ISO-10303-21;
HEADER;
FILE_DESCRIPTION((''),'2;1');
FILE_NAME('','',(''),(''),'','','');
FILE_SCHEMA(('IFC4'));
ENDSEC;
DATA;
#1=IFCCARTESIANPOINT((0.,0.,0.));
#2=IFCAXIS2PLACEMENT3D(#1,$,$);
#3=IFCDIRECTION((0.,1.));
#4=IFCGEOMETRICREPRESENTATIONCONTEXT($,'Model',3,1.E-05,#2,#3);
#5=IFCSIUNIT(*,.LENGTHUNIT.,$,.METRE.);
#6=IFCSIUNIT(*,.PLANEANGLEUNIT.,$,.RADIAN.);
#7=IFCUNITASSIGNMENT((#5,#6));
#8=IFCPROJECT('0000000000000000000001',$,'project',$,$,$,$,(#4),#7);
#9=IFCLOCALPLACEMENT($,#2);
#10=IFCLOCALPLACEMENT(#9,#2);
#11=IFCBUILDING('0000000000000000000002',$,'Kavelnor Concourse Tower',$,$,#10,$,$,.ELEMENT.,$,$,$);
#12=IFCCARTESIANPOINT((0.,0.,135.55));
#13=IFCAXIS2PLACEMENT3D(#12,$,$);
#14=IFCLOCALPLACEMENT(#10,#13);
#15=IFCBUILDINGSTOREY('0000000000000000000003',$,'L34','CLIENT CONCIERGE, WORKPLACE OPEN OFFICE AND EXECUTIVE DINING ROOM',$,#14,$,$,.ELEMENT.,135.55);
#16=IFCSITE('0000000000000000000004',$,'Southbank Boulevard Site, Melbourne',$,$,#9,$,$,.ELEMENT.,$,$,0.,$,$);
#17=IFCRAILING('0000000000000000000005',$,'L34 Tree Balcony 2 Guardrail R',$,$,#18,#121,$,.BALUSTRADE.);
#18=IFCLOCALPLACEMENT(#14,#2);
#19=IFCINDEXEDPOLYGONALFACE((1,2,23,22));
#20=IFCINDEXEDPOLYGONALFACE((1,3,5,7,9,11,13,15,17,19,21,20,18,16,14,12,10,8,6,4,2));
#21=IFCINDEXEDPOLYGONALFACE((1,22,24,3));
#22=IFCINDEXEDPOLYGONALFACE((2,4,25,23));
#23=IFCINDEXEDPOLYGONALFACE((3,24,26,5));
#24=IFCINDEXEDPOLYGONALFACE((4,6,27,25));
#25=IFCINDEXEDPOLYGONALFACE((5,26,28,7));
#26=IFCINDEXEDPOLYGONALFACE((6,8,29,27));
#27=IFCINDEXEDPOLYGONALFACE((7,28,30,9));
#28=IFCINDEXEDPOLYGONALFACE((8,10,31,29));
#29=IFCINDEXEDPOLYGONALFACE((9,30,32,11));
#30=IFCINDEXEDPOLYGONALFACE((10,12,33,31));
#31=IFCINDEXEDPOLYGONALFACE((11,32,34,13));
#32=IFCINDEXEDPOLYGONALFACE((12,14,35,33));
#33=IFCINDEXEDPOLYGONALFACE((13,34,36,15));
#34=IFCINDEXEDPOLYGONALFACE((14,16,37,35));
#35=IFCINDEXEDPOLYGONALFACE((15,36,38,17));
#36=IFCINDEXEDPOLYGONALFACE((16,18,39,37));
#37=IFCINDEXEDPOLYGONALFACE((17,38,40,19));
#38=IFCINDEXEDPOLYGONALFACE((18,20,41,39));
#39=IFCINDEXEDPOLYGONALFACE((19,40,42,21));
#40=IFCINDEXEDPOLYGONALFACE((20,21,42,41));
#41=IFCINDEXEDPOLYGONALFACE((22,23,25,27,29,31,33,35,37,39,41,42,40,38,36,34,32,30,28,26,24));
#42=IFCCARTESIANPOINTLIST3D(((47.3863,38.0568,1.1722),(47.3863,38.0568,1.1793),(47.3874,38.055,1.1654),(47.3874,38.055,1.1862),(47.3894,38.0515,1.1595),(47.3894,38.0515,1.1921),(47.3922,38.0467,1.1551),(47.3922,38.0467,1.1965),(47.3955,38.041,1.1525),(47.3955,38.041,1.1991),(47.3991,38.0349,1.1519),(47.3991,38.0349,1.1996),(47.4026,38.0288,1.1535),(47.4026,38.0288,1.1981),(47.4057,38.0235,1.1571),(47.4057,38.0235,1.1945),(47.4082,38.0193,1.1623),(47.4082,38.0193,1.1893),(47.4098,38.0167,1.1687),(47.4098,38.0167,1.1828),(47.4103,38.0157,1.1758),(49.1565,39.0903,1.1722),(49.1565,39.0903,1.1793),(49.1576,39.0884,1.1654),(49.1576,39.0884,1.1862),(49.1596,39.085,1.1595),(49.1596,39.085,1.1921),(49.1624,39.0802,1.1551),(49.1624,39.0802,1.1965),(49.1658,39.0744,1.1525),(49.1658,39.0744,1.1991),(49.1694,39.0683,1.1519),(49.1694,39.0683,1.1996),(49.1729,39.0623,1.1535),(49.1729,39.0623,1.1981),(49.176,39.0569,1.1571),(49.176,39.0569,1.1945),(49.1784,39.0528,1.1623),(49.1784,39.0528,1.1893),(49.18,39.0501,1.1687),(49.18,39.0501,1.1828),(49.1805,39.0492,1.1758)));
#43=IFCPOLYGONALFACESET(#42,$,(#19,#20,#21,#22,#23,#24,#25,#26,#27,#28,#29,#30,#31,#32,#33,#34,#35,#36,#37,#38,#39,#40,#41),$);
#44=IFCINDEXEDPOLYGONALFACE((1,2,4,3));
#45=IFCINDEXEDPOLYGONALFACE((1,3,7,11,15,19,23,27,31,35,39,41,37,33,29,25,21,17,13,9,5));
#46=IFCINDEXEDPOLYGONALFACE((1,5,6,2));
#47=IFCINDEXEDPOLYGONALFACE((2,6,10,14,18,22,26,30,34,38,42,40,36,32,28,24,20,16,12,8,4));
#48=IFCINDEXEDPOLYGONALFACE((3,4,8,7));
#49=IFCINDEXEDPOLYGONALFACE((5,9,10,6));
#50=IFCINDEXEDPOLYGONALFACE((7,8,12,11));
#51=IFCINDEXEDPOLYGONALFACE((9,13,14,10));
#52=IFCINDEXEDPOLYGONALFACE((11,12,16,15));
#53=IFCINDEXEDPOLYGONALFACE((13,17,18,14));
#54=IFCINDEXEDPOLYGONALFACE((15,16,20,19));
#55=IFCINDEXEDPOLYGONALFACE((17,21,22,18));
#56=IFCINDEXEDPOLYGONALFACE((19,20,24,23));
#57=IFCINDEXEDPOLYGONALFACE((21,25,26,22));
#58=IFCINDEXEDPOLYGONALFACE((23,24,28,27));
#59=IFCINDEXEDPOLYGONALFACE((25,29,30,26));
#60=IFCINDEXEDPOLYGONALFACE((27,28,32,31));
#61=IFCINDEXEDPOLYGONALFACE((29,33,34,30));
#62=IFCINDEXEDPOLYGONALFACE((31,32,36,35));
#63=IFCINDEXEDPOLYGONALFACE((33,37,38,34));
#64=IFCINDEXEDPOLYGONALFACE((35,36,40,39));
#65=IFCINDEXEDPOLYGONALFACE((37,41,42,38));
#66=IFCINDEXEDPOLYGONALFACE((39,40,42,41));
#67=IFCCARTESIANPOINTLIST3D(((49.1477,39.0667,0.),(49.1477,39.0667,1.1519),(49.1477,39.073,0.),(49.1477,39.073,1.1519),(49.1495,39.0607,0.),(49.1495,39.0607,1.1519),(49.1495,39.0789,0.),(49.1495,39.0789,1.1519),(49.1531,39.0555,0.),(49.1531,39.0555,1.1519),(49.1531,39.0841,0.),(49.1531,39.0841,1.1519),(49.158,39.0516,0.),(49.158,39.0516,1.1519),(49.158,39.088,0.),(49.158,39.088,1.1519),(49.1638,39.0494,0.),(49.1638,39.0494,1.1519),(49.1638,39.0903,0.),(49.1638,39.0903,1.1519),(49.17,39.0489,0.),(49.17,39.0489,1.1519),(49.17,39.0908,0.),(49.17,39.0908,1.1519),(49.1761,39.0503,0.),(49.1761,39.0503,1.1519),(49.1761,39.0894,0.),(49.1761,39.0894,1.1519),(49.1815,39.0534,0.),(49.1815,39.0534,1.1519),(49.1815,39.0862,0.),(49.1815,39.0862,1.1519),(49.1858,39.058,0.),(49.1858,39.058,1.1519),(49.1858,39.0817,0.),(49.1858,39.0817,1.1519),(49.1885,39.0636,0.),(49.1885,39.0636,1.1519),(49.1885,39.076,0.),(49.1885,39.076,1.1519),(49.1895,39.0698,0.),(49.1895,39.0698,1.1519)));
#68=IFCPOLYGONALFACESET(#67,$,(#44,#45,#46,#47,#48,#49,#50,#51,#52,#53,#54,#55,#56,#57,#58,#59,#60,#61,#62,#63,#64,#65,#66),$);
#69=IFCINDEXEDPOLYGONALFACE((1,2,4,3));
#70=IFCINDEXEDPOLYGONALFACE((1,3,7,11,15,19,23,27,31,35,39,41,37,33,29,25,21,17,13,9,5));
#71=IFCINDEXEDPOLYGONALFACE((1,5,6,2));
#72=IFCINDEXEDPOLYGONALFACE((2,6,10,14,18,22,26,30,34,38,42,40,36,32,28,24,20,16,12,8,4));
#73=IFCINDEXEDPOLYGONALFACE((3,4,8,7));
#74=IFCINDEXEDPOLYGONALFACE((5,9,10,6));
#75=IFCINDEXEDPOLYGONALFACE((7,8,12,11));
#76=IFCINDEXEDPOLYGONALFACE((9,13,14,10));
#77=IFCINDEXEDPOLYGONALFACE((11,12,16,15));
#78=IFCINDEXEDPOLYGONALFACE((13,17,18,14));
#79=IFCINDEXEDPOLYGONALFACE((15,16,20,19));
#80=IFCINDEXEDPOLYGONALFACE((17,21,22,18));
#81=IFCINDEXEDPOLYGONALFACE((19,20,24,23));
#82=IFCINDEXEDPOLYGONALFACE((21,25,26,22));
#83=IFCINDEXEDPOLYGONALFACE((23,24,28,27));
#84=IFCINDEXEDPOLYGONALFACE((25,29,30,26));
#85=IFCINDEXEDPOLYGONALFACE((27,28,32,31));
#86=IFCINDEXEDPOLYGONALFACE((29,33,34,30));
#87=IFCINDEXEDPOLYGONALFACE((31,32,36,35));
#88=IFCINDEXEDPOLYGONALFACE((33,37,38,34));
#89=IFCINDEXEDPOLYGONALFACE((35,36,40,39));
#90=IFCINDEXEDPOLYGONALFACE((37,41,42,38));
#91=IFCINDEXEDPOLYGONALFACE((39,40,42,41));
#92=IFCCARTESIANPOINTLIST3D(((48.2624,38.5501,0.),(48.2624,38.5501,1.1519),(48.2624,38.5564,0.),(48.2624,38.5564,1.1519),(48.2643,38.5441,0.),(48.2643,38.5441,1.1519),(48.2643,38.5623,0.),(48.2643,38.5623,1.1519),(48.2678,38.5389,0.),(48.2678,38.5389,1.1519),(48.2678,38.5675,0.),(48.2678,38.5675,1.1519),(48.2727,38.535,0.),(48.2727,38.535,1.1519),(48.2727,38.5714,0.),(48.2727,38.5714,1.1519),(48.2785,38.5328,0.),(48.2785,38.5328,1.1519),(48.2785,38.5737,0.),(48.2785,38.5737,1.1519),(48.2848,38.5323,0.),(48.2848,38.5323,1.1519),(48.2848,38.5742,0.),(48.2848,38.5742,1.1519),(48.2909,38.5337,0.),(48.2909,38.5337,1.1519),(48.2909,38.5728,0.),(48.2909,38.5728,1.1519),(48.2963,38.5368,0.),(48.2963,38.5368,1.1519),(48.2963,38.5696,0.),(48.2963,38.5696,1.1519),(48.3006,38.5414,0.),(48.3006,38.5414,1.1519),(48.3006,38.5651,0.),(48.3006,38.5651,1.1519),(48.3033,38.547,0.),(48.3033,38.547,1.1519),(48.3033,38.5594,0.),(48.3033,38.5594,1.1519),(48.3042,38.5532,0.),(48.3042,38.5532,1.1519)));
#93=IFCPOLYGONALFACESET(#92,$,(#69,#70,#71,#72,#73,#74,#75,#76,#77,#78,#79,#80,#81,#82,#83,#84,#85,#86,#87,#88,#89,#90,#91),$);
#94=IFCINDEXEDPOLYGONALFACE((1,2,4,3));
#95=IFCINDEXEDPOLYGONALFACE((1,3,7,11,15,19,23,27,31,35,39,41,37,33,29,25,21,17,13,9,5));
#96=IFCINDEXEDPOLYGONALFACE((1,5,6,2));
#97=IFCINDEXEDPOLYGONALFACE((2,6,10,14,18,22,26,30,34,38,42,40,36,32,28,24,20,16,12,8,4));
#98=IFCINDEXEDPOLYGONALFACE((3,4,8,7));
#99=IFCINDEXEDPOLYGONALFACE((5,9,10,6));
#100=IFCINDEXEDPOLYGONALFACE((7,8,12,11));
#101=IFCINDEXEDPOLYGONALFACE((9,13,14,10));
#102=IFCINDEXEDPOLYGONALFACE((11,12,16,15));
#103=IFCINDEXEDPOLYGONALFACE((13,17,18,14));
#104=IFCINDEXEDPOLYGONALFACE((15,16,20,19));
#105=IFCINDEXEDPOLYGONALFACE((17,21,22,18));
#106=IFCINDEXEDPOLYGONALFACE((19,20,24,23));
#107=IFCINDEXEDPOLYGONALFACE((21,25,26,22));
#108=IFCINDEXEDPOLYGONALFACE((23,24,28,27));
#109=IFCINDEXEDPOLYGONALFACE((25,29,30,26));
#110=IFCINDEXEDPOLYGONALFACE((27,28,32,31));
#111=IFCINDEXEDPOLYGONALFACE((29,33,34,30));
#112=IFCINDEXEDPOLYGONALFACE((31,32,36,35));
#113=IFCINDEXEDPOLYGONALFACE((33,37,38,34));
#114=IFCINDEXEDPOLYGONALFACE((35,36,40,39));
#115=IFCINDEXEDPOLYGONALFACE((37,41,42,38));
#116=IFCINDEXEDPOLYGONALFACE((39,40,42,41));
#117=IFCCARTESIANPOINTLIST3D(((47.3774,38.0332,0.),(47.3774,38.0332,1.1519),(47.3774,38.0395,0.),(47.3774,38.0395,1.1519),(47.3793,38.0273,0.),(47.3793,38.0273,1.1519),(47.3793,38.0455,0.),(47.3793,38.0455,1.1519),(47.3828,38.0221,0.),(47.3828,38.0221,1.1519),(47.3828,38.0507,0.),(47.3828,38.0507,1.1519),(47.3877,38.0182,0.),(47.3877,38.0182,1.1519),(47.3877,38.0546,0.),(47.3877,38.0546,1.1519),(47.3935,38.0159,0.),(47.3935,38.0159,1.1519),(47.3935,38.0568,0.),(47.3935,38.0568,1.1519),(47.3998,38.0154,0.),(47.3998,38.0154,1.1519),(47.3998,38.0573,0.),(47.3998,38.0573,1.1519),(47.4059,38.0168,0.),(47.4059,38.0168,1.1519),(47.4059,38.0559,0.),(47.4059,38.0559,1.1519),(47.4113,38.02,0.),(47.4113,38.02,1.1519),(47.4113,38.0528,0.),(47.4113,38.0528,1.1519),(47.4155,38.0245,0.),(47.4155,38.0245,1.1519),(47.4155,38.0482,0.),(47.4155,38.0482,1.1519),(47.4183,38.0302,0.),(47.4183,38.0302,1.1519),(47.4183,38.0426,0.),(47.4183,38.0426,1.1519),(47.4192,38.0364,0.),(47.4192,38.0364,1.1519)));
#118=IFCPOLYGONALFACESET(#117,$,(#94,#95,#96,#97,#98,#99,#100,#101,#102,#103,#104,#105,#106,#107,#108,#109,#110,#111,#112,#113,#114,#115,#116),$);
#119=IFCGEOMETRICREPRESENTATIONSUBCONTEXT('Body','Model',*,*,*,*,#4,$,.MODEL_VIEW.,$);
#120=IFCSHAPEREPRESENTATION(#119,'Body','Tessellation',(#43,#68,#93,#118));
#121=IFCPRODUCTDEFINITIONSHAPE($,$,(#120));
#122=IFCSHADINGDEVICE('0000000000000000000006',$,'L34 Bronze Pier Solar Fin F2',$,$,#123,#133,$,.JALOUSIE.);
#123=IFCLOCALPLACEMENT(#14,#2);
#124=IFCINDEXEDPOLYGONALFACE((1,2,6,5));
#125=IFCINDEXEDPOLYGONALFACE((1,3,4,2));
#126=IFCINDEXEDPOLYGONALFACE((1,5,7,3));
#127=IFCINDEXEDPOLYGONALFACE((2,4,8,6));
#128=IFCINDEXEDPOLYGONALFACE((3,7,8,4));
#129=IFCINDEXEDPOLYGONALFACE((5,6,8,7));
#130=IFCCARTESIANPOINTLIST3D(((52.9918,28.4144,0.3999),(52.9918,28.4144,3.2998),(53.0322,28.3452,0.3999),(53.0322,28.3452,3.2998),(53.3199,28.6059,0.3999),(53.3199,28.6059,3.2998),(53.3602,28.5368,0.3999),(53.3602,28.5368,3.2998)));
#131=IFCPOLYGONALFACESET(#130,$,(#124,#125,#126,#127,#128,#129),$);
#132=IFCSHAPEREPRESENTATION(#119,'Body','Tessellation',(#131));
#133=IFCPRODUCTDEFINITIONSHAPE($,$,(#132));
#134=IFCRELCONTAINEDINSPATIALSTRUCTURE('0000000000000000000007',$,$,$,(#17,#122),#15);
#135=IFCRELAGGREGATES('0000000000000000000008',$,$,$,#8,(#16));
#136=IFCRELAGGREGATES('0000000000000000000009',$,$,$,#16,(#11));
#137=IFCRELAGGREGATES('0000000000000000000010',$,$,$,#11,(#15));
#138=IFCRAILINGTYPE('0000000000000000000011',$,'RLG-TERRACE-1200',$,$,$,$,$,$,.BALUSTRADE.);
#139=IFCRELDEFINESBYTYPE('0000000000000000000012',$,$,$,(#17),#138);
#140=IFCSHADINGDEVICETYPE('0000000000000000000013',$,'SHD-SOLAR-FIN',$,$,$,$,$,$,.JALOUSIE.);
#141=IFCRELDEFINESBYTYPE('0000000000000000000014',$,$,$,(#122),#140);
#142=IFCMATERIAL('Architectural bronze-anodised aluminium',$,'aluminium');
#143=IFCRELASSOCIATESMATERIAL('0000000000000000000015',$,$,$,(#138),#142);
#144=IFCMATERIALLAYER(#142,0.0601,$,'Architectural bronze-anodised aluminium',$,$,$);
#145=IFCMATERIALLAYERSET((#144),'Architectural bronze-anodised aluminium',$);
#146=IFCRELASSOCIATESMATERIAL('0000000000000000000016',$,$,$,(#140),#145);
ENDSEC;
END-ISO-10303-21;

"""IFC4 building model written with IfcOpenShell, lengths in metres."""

from ifc_helpers import new_model, si_unit, direction, frame, origin, origin_2d, place, context, subcontext, project, spatial, rectangle, circle, extrude, material, layer, layer_set, type_object, element, save


model = new_model("IFC4")

# Units and contexts
model_context = context("Model", 3, precision=1e-05, world=origin(), true_north=direction((0.0, 1.0)))
body_context = subcontext(model_context, "Body", "Model", "MODEL_VIEW")
ifc_project = project(units=[si_unit("LENGTHUNIT", "METRE"), si_unit("PLANEANGLEUNIT", "RADIAN")], contexts=[model_context])

# Site, building, storey
site_placement = place(None, origin())
site = spatial("IfcSite", under=ifc_project, at=site_placement, Name="Southbank Boulevard Site, Melbourne", CompositionType="ELEMENT", RefElevation=0.0)
building_placement = place(site_placement, origin())
building = spatial("IfcBuilding", under=site, at=building_placement, Name="Kavelnor Concourse Tower", CompositionType="ELEMENT")
storey_placement = place(building_placement, frame((0.0, 0.0, 135.55)))
storey = spatial("IfcBuildingStorey", under=building, at=storey_placement, Name="L34", Description="CLIENT CONCIERGE, WORKPLACE OPEN OFFICE AND EXECUTIVE DINING ROOM", CompositionType="ELEMENT", Elevation=135.55)

# Railing
ifc_material_1 = material(Name="Architectural bronze-anodised aluminium", Category="aluminium")
railing_type = type_object("IfcRailingType", Name="RLG-TERRACE-1200", PredefinedType="BALUSTRADE", material=ifc_material_1)
railing_1_placement = place(storey_placement, frame((49.1685, 39.0698, 0.0)))
element("IfcRailing", 1, at=railing_1_placement, inside=storey, type_object=railing_type, Name="L34 Tree Balcony 2 Guardrail R", PredefinedType="BALUSTRADE", context=body_context, shape_type="SweptSolid", body=[
    extrude(circle(Radius=0.0239, at=origin_2d()), frame((0.0, 0.0, 1.1758), z_axis=(-0.86361, -0.50416, 0.0), x_axis=(0.50416, -0.86361, 0.0)), (0.0, 0.0, 1.0), 2.0498),
    extrude(circle(Radius=0.021, at=origin_2d()), origin(), (0.0, 0.0, 1.0), 1.1519),
    extrude(circle(Radius=0.021, at=origin_2d()), frame((-0.8853, -0.5166, 0.0)), (0.0, 0.0, 1.0), 1.1519),
    extrude(circle(Radius=0.021, at=origin_2d()), frame((-1.7703, -1.0334, 0.0)), (0.0, 0.0, 1.0), 1.1519),
])

# Shading device
ifc_layer_1 = layer(ifc_material_1, 0.0601, Name="Architectural bronze-anodised aluminium")
ifc_layer_set_1 = layer_set([ifc_layer_1], Name="Architectural bronze-anodised aluminium")
shading_device_type = type_object("IfcShadingDeviceType", Name="SHD-SOLAR-FIN", PredefinedType="JALOUSIE", material=ifc_layer_set_1)
shading_device_placement = place(storey_placement, frame((53.176, 28.4756, 0.3999), z_axis=(0.0, 0.0, 1.0), x_axis=(0.863572, 0.504226, 0.0)))
element("IfcShadingDevice", 2, at=shading_device_placement, inside=storey, type_object=shading_device_type, Name="L34 Bronze Pier Solar Fin F2", PredefinedType="JALOUSIE", context=body_context, shape_type="SweptSolid", body=[
    extrude(rectangle(XDim=0.3799, YDim=0.0801, at=origin_2d()), origin(), (0.0, 0.0, 1.0), 2.8999),
])

save(model, "model.ifc")
